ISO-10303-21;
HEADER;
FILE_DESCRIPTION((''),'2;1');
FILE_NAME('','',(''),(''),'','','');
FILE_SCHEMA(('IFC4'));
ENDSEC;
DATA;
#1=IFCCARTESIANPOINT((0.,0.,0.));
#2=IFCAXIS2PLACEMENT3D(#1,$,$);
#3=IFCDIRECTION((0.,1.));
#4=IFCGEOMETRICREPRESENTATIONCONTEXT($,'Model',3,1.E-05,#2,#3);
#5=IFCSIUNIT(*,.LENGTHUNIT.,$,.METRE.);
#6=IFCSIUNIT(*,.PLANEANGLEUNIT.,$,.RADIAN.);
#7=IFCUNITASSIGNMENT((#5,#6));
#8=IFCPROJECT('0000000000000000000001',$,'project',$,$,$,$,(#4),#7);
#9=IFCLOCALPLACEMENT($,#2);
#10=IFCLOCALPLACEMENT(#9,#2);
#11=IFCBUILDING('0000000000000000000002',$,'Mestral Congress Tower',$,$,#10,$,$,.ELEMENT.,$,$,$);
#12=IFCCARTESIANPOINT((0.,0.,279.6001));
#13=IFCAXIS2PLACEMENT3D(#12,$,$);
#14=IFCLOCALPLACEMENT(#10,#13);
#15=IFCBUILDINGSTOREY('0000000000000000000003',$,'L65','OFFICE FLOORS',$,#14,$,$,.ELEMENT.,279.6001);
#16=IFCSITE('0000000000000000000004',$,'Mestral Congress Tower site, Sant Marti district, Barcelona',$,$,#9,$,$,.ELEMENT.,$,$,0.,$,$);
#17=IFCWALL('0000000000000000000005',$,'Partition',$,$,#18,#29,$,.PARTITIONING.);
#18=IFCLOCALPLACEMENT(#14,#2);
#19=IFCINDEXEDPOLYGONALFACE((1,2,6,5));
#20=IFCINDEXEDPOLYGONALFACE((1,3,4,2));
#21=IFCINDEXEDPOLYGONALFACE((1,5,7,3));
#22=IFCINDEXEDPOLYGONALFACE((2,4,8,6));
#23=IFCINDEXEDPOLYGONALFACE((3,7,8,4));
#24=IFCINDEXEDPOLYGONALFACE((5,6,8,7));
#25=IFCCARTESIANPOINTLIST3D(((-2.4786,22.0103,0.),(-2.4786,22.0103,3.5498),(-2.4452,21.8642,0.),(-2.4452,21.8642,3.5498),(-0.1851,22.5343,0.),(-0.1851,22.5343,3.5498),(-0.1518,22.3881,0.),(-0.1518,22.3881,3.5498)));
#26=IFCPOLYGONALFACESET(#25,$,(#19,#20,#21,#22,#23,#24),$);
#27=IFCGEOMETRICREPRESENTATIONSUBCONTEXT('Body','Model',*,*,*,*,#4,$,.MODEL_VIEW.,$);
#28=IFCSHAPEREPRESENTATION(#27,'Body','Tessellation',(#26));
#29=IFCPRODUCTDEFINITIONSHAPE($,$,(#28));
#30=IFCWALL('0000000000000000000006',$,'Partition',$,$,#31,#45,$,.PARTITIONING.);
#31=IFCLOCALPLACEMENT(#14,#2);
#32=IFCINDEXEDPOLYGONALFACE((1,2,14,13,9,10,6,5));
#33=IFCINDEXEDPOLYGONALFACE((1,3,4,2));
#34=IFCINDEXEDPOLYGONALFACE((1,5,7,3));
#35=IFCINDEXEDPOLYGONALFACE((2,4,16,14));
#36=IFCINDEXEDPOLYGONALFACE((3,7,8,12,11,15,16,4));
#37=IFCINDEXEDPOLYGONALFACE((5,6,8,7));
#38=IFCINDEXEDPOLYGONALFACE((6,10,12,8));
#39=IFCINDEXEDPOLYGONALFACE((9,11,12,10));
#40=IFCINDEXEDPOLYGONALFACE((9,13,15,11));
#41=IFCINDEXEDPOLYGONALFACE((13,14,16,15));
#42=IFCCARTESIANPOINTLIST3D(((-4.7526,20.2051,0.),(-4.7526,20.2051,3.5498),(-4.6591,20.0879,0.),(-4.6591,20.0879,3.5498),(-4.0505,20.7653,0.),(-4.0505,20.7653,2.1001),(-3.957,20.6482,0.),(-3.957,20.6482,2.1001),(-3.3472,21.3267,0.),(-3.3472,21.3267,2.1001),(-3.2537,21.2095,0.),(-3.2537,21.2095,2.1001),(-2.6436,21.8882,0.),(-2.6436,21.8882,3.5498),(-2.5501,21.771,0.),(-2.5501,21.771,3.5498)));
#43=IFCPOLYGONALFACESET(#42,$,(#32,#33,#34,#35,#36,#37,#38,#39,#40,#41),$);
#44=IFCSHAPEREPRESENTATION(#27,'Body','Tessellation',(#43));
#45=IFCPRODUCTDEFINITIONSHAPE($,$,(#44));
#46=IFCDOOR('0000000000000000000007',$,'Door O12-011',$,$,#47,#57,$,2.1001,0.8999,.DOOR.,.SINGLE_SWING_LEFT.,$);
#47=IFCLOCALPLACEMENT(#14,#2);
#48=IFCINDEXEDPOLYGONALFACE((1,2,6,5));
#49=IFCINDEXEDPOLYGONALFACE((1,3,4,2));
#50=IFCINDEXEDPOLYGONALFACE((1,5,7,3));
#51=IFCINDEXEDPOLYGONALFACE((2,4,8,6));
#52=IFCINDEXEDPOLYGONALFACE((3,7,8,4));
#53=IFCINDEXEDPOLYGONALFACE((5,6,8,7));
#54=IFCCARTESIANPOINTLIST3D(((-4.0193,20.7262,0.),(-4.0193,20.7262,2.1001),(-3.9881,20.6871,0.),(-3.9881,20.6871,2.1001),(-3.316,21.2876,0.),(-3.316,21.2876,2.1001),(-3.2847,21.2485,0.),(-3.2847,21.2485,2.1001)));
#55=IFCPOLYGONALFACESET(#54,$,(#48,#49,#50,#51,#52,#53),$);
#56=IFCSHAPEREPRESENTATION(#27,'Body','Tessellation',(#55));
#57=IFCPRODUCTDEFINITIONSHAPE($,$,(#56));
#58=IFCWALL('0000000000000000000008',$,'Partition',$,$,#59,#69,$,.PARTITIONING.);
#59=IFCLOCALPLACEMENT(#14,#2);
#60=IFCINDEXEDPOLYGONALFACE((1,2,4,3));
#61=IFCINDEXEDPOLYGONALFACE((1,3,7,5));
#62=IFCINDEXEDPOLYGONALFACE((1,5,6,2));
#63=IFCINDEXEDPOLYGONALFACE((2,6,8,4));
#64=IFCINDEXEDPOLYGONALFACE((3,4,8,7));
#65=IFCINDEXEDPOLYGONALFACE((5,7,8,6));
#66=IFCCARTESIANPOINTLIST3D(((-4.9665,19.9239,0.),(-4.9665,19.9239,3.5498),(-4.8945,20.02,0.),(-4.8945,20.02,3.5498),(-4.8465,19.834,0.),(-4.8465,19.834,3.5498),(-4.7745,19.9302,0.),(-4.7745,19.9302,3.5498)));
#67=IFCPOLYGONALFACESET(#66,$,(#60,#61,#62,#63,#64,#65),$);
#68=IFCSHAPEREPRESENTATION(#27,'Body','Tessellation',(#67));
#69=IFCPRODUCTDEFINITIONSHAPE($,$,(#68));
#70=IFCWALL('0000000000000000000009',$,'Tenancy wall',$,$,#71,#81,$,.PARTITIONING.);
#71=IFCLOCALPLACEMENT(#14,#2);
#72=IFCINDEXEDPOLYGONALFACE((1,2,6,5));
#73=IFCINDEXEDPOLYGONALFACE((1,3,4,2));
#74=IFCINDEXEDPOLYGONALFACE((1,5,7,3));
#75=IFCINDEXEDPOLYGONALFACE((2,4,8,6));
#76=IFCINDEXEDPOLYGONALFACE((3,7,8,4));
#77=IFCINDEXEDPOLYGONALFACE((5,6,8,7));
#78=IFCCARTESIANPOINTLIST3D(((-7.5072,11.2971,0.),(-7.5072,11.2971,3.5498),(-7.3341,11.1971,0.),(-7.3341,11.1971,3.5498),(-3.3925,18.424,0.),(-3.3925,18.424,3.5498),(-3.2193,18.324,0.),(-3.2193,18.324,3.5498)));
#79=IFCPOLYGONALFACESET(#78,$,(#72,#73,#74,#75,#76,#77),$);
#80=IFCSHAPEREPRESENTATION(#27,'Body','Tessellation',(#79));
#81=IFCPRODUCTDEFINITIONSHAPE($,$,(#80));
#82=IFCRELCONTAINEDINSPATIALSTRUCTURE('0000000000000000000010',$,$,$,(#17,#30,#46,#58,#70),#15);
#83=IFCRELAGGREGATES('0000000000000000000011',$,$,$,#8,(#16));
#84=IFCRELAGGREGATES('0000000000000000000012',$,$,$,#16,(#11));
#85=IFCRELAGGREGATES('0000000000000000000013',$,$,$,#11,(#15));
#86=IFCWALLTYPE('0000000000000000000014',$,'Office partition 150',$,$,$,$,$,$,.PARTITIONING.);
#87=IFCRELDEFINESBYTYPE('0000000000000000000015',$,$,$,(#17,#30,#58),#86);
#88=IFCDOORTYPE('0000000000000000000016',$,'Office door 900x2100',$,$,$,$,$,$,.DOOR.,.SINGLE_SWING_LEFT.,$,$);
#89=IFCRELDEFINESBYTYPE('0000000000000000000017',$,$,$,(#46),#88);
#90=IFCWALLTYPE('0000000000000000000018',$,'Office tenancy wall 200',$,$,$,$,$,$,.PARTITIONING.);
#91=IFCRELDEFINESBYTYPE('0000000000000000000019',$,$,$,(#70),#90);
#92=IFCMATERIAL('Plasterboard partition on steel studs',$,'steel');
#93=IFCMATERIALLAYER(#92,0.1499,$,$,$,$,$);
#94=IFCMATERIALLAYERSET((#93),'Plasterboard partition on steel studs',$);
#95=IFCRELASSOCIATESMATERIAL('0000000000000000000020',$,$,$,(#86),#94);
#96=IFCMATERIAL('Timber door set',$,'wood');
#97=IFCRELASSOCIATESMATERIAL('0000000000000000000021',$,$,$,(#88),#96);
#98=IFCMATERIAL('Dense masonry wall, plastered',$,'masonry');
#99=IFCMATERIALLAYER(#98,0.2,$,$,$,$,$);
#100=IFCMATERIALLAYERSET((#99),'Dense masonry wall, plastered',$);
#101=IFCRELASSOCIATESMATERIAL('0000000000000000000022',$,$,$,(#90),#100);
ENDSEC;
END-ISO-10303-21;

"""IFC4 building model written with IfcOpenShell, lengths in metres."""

from ifc_helpers import new_model, si_unit, direction, frame, frame_2d, origin, place, context, subcontext, project, spatial, rectangle, extrude, material, layer, layer_set, type_object, element, fill, save


model = new_model("IFC4")

# Units and contexts
model_context = context("Model", 3, precision=1e-05, world=origin(), true_north=direction((0.0, 1.0)))
body_context = subcontext(model_context, "Body", "Model", "MODEL_VIEW")
ifc_project = project(units=[si_unit("LENGTHUNIT", "METRE"), si_unit("PLANEANGLEUNIT", "RADIAN")], contexts=[model_context])

# Site, building, storey
site_placement = place(None, origin())
site = spatial("IfcSite", under=ifc_project, at=site_placement, Name="Mestral Congress Tower site, Sant Marti district, Barcelona", CompositionType="ELEMENT", RefElevation=0.0)
building_placement = place(site_placement, origin())
building = spatial("IfcBuilding", under=site, at=building_placement, Name="Mestral Congress Tower", CompositionType="ELEMENT")
storey_placement = place(building_placement, frame((0.0, 0.0, 279.6001)))
storey = spatial("IfcBuildingStorey", under=building, at=storey_placement, Name="L65", Description="OFFICE FLOORS", CompositionType="ELEMENT", Elevation=279.6001)

# Wall
ifc_material_1 = material(Name="Plasterboard partition on steel studs", Category="steel")
ifc_layer_1 = layer(ifc_material_1, 0.1499)
ifc_layer_set_1 = layer_set([ifc_layer_1], Name="Plasterboard partition on steel studs")
wall_type_1 = type_object("IfcWallType", Name="Office partition 150", PredefinedType="PARTITIONING", material=ifc_layer_set_1)
wall_1_placement = place(storey_placement, frame((-0.1685, 22.4612, 0.0), z_axis=(0.0, 0.0, 1.0), x_axis=(-0.974886, -0.222706, 0.0)))
element("IfcWall", 1, at=wall_1_placement, inside=storey, type_object=wall_type_1, Name="Partition", PredefinedType="PARTITIONING", context=body_context, shape_type="SweptSolid", body=[
    extrude(rectangle(XDim=2.3525, YDim=0.1499, at=frame_2d((1.1763, 0.0))), origin(), (0.0, 0.0, 1.0), 3.5498),
])

# Wall, opening, door
wall_2_placement = place(storey_placement, frame((-4.7058, 20.1465, 0.0), z_axis=(0.0, 0.0, 1.0), x_axis=(0.781592, 0.62379, 0.0)))
wall_2 = element("IfcWall", 2, at=wall_2_placement, inside=storey, type_object=wall_type_1, Name="Partition", PredefinedType="PARTITIONING", context=body_context, shape_type="SweptSolid", body=[
    extrude(rectangle(XDim=2.6982, YDim=0.1499, at=frame_2d((1.3491, 0.0))), origin(), (0.0, 0.0, 1.0), 3.5498),
])
opening_1_placement = place(wall_2_placement, frame((0.8982, 0.0, 0.0)))
opening_1 = element("IfcOpeningElement", 3, at=opening_1_placement, cuts=wall_2, PredefinedType="OPENING", context=body_context, shape_type="SweptSolid", body=[
    extrude(rectangle(XDim=0.8999, YDim=2.1001, at=frame_2d((0.45, 1.05))), frame((0.0, 0.085, 0.0), z_axis=(0.0, -1.0, 0.0), x_axis=(1.0, 0.0, 0.0)), (0.0, 0.0, 1.0), 0.1699),
])
ifc_material_2 = material(Name="Timber door set", Category="wood")
door_type = type_object("IfcDoorType", Name="Office door 900x2100", OperationType="SINGLE_SWING_LEFT", PredefinedType="DOOR", material=ifc_material_2)
door_placement = place(opening_1_placement, origin())
door = element("IfcDoor", 4, at=door_placement, inside=storey, type_object=door_type, Name="Door O12-011", OperationType="SINGLE_SWING_LEFT", OverallHeight=2.1001, OverallWidth=0.8999, PredefinedType="DOOR", context=body_context, shape_type="SweptSolid", body=[
    extrude(rectangle(XDim=0.8999, YDim=2.1001, at=frame_2d((0.45, 1.05))), frame((0.0, 0.0249, 0.0), z_axis=(0.0, -1.0, 0.0), x_axis=(1.0, 0.0, 0.0)), (0.0, 0.0, 1.0), 0.05),
])
fill(opening_1, door)

# Walls
wall_3_placement = place(storey_placement, frame((-4.8345, 19.9751, 0.0), z_axis=(0.0, 0.0, 1.0), x_axis=(-0.59935, -0.800487, 0.0)))
element("IfcWall", 5, at=wall_3_placement, inside=storey, type_object=wall_type_1, Name="Partition", PredefinedType="PARTITIONING", context=body_context, shape_type="SweptSolid", body=[
    extrude(rectangle(XDim=0.1201, YDim=0.1499, at=frame_2d((0.0601, 0.0))), origin(), (0.0, 0.0, 1.0), 3.5498),
])
ifc_material_3 = material(Name="Dense masonry wall, plastered", Category="masonry")
ifc_layer_2 = layer(ifc_material_3, 0.2)
ifc_layer_set_2 = layer_set([ifc_layer_2], Name="Dense masonry wall, plastered")
wall_type_2 = type_object("IfcWallType", Name="Office tenancy wall 200", PredefinedType="PARTITIONING", material=ifc_layer_set_2)
wall_4_placement = place(storey_placement, frame((-3.3059, 18.374, 0.0), z_axis=(0.0, 0.0, 1.0), x_axis=(-0.5, -0.866026, 0.0)))
element("IfcWall", 6, at=wall_4_placement, inside=storey, type_object=wall_type_2, Name="Tenancy wall", PredefinedType="PARTITIONING", context=body_context, shape_type="SweptSolid", body=[
    extrude(rectangle(XDim=8.2295, YDim=0.2, at=frame_2d((4.1147, 0.0))), origin(), (0.0, 0.0, 1.0), 3.5498),
])

save(model, "model.ifc")
